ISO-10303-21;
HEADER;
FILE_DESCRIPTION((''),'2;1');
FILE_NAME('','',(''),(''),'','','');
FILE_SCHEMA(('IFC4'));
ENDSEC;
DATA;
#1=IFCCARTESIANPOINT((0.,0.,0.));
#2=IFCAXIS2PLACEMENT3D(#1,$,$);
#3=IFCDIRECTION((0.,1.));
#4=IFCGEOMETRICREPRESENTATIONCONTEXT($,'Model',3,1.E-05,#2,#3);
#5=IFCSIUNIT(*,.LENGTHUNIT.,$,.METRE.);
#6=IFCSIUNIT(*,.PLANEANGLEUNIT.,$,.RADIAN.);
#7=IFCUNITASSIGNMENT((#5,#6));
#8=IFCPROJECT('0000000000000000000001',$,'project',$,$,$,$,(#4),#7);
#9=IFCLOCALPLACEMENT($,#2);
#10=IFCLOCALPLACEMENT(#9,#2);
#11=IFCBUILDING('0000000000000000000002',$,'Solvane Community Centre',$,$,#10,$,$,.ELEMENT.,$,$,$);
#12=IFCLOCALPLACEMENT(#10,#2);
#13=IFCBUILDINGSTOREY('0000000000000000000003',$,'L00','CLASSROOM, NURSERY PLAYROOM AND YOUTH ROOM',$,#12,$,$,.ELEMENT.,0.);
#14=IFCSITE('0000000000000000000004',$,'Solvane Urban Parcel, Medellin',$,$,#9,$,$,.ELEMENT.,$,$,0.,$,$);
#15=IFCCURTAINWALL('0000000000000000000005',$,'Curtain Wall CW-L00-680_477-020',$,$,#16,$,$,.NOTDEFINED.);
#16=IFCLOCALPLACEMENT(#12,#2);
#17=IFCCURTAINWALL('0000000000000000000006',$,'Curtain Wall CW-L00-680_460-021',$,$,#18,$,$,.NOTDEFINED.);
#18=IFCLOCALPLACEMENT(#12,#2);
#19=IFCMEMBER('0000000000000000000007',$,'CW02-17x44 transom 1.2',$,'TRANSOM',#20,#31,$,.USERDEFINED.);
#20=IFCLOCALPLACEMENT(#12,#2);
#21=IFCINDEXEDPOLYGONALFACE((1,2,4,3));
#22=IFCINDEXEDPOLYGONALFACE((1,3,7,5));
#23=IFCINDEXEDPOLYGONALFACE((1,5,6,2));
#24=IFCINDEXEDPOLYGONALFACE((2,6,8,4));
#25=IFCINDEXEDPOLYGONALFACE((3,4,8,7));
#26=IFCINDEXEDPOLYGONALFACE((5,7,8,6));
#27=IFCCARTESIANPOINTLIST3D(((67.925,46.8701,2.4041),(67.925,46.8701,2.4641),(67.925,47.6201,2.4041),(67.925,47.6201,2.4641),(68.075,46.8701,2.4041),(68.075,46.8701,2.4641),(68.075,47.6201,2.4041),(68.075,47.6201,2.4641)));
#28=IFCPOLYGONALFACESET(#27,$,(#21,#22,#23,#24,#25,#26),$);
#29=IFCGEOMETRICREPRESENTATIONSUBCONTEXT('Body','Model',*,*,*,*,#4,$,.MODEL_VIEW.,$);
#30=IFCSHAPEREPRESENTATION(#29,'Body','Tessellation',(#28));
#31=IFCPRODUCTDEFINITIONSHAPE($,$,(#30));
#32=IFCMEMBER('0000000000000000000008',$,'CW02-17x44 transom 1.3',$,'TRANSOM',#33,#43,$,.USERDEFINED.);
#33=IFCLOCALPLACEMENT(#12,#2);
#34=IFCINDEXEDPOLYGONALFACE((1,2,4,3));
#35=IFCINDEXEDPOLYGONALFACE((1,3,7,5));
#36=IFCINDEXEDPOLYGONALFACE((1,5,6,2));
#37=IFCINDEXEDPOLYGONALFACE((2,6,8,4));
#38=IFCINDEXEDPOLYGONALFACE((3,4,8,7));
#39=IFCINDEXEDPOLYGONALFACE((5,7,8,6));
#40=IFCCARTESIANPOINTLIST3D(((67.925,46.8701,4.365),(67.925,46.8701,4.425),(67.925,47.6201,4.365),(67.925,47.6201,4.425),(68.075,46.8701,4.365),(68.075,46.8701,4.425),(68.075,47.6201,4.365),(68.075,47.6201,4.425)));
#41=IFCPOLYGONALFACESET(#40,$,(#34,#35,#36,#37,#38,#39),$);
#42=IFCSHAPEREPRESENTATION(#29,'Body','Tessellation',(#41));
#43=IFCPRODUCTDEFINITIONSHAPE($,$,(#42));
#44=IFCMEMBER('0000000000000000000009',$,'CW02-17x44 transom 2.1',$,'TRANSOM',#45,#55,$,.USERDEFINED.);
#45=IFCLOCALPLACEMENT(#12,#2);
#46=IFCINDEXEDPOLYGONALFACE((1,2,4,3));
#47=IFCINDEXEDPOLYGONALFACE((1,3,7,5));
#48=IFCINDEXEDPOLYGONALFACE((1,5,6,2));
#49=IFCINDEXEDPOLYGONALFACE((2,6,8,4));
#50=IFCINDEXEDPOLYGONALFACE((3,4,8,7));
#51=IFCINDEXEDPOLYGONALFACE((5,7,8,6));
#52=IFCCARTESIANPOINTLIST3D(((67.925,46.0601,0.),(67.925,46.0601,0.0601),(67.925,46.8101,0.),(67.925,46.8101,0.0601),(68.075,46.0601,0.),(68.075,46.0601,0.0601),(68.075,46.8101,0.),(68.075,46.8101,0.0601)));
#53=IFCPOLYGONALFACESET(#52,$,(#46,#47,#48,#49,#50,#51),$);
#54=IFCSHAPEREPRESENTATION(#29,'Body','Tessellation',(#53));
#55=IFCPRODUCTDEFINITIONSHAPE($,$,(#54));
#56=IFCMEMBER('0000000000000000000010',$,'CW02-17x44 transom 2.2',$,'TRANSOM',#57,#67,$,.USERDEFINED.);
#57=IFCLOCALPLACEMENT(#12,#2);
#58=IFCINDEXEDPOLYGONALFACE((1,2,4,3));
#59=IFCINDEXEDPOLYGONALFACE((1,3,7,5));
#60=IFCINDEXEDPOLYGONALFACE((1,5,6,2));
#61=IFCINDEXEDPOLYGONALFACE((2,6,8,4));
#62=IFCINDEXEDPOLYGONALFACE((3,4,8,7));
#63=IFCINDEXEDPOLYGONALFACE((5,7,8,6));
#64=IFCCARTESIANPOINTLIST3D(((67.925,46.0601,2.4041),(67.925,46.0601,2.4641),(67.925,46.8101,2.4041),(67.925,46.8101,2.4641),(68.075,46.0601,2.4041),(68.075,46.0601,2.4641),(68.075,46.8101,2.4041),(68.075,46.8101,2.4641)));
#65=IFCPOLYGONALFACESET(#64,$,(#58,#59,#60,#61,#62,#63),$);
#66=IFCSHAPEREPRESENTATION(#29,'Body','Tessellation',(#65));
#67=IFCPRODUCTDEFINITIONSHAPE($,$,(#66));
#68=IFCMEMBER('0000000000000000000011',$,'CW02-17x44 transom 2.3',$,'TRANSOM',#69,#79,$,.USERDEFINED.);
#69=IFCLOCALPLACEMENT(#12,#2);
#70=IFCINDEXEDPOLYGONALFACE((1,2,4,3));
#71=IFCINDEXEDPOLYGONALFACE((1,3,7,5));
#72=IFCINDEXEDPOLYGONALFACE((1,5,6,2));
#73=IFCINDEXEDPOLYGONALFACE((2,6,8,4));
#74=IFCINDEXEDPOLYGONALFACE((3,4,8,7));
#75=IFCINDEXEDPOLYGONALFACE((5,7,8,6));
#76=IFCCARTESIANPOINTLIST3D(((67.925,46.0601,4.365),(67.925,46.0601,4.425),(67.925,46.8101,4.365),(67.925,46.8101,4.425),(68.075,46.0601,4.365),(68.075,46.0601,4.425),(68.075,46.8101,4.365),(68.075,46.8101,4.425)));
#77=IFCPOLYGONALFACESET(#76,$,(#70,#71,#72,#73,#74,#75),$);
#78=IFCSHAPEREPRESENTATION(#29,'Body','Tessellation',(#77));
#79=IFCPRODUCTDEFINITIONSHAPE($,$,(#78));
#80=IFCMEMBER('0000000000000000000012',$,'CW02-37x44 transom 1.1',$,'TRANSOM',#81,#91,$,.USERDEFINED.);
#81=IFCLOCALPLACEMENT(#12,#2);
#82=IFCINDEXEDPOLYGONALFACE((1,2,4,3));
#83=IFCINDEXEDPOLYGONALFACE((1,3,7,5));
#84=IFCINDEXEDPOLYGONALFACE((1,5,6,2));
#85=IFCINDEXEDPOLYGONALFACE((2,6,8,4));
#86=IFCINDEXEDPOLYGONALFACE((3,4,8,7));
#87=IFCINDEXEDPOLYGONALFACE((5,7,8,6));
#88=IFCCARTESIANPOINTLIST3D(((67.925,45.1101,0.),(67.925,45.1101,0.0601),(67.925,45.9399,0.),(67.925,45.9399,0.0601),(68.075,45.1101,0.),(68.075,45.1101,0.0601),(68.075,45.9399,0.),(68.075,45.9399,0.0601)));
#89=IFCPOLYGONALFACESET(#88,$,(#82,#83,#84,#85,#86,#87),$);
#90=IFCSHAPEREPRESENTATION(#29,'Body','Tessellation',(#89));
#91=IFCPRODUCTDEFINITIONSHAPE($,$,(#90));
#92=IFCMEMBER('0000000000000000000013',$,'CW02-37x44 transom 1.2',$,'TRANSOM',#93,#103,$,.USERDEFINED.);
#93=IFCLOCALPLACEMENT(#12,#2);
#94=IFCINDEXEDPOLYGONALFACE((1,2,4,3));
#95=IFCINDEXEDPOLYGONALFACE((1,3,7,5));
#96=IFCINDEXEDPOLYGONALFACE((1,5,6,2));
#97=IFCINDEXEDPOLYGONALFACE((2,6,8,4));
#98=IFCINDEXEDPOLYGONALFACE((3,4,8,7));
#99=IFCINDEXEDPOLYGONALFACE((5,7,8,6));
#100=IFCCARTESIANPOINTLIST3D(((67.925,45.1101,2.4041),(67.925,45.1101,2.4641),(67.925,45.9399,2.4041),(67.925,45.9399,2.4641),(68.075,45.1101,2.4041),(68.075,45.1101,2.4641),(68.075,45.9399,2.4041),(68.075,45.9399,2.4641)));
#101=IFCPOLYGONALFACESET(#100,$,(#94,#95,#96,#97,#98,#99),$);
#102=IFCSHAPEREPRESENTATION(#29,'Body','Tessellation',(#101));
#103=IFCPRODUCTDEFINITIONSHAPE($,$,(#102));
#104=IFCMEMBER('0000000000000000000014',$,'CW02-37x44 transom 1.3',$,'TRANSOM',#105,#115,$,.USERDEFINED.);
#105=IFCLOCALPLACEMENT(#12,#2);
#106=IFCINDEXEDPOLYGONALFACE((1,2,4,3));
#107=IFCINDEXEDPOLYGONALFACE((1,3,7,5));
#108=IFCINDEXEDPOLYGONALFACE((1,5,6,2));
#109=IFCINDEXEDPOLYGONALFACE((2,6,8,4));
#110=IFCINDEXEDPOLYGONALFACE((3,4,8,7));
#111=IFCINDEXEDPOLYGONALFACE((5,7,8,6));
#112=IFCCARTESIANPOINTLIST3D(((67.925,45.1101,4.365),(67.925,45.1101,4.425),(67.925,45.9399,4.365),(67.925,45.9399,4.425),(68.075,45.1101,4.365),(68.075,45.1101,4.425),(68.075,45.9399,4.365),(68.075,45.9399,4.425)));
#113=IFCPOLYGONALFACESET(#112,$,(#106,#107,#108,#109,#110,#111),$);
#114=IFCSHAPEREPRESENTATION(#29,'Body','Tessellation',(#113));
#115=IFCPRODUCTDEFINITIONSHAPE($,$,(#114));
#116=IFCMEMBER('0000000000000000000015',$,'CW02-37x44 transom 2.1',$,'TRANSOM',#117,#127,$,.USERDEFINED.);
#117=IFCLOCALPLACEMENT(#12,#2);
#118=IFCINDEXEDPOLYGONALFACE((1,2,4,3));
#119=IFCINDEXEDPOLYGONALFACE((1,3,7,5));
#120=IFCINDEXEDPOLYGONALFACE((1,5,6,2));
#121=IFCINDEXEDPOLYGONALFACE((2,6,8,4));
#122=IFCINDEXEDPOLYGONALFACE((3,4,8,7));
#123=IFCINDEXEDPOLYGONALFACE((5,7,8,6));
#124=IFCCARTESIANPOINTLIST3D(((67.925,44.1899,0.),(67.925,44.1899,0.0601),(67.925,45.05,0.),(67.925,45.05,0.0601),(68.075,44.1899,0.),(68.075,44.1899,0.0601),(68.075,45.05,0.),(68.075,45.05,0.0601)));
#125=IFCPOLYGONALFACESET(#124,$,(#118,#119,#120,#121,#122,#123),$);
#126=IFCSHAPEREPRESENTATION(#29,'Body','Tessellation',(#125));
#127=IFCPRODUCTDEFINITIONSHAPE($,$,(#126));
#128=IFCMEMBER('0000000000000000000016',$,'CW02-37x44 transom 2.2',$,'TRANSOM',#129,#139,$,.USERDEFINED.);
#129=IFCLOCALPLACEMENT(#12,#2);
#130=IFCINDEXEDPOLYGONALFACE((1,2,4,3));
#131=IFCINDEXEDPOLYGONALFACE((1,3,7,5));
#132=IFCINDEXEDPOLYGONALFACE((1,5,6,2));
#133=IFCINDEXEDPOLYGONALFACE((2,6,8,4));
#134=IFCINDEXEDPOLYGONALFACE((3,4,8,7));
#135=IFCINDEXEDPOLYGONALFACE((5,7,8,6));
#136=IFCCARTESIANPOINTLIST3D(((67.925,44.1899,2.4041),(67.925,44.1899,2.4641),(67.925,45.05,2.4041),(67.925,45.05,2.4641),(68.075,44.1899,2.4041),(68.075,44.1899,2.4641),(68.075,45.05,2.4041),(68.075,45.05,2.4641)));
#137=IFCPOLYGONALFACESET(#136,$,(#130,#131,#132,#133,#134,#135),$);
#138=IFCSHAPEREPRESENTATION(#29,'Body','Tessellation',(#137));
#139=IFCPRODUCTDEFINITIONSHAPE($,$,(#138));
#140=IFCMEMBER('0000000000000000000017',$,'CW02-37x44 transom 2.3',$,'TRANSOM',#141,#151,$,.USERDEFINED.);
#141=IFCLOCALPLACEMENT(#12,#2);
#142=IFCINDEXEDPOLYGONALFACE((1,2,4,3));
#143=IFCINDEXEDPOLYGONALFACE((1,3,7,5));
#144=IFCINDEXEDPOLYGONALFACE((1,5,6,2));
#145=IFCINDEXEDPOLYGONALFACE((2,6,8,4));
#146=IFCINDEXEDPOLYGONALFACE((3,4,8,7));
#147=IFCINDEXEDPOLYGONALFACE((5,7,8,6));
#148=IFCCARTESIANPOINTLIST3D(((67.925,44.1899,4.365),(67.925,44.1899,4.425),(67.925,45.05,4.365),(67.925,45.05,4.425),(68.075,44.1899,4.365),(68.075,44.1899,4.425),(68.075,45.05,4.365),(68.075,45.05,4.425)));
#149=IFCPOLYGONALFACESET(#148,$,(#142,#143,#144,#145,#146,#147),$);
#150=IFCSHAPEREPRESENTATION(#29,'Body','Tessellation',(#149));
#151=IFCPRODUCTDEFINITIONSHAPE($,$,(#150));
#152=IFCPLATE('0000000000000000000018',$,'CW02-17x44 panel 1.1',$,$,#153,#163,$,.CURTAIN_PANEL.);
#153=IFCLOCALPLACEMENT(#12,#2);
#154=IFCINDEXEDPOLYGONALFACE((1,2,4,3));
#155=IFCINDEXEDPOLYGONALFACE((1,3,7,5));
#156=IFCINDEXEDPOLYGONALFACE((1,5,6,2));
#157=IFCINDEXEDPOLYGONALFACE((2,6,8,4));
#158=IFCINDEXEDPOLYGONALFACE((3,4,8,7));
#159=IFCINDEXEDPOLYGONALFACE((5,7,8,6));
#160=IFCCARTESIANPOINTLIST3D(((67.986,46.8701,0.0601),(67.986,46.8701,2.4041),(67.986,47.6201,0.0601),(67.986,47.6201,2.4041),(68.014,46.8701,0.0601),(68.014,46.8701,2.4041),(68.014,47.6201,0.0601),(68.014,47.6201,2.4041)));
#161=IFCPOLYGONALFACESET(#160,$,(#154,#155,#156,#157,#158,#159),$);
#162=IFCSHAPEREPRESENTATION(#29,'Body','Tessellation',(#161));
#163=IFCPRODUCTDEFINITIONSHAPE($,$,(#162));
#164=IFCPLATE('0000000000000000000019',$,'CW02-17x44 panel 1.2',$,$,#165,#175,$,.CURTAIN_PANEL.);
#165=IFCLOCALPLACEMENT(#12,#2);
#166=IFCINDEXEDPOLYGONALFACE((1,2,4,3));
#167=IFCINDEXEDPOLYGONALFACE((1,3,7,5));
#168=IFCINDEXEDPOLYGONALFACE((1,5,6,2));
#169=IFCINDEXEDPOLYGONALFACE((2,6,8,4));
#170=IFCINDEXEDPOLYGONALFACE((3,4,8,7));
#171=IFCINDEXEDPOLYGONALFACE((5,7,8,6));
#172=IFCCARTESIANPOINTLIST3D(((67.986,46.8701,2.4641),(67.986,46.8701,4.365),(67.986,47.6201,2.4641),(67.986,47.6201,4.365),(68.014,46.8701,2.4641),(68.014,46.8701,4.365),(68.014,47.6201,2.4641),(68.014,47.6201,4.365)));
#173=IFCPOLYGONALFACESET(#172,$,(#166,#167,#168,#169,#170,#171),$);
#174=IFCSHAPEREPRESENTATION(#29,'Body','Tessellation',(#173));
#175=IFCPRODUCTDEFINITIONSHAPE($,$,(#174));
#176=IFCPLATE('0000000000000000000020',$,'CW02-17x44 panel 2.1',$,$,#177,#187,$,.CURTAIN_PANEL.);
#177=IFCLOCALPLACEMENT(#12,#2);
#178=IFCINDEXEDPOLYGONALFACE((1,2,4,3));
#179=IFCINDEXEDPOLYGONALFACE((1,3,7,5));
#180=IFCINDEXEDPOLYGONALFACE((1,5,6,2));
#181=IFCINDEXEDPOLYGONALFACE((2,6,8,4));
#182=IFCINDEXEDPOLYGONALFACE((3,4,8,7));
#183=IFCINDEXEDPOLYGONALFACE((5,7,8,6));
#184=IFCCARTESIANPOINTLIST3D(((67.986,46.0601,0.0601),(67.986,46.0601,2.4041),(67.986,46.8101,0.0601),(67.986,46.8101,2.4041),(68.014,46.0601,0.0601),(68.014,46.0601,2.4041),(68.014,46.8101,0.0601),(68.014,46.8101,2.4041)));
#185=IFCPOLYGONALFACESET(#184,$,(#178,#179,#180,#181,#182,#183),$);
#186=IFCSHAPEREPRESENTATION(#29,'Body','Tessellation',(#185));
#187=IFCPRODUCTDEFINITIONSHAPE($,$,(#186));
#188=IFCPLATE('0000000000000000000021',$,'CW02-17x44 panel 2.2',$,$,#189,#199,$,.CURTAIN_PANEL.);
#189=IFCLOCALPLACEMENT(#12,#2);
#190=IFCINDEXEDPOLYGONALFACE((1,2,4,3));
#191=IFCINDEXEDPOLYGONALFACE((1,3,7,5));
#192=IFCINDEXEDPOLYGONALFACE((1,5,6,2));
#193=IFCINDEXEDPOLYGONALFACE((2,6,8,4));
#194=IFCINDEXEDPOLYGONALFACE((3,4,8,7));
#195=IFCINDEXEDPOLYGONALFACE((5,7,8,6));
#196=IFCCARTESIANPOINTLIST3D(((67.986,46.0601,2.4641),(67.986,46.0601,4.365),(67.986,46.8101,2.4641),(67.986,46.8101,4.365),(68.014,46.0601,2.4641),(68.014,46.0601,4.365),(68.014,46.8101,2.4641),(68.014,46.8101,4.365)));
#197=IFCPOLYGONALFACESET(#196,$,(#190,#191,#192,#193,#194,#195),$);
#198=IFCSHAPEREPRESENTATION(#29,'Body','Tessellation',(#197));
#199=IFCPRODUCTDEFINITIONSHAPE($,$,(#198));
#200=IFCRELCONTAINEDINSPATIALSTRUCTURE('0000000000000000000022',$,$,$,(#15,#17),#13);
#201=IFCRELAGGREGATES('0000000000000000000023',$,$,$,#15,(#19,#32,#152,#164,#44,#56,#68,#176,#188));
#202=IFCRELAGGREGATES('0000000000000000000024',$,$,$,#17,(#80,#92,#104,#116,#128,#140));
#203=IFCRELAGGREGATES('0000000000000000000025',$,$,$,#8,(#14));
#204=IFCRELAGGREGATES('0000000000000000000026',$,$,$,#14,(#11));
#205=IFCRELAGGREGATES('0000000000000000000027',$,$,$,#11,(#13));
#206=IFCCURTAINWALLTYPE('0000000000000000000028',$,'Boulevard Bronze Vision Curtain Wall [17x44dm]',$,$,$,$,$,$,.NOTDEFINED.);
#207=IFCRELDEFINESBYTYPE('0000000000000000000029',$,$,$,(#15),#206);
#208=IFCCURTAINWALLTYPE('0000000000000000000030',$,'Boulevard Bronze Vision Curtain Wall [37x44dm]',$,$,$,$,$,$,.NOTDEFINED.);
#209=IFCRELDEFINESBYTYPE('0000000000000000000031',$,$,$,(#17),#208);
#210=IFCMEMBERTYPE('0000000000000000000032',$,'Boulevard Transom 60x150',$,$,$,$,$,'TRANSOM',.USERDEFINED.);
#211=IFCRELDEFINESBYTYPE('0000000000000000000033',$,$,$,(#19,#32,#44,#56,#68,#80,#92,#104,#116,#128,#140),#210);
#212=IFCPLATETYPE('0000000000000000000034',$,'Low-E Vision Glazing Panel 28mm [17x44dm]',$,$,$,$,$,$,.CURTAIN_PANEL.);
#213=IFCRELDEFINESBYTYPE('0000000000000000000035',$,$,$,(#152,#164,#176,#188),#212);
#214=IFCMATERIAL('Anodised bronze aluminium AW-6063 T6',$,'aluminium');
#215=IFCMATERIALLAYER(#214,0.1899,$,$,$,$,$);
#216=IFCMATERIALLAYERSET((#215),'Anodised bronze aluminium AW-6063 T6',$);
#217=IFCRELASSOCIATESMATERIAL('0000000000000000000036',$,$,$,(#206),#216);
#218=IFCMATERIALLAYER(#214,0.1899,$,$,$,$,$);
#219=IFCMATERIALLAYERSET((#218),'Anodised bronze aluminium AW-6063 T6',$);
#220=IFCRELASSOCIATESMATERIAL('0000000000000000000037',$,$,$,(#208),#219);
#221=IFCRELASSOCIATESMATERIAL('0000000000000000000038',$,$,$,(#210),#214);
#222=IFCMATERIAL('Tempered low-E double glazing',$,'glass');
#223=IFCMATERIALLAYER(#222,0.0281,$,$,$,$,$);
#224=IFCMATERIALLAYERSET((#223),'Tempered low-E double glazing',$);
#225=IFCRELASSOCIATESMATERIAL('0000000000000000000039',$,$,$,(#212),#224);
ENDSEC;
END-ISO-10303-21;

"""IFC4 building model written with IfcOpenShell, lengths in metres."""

from ifc_helpers import new_model, si_unit, direction, frame, origin, origin_2d, place, context, subcontext, project, spatial, rectangle, extrude, material, layer, layer_set, material_profile, profile_set, type_object, element, aggregate, save


model = new_model("IFC4")

# Units and contexts
model_context = context("Model", 3, precision=1e-05, world=origin(), true_north=direction((0.0, 1.0)))
body_context = subcontext(model_context, "Body", "Model", "MODEL_VIEW")
ifc_project = project(units=[si_unit("LENGTHUNIT", "METRE"), si_unit("PLANEANGLEUNIT", "RADIAN")], contexts=[model_context])

# Site, building, storey
site_placement = place(None, origin())
site = spatial("IfcSite", under=ifc_project, at=site_placement, Name="Solvane Urban Parcel, Medellin", CompositionType="ELEMENT", RefElevation=0.0)
building_placement = place(site_placement, origin())
building = spatial("IfcBuilding", under=site, at=building_placement, Name="Solvane Community Centre", CompositionType="ELEMENT")
storey_placement = place(building_placement, origin())
storey = spatial("IfcBuildingStorey", under=building, at=storey_placement, Name="L00", Description="CLASSROOM, NURSERY PLAYROOM AND YOUTH ROOM", CompositionType="ELEMENT", Elevation=0.0)

# Curtain walls
ifc_material_1 = material(Name="Anodised bronze aluminium AW-6063 T6", Category="aluminium")
ifc_layer_1 = layer(ifc_material_1, 0.1899)
ifc_layer_set_1 = layer_set([ifc_layer_1], Name="Anodised bronze aluminium AW-6063 T6")
curtain_wall_type_1 = type_object("IfcCurtainWallType", Name="Boulevard Bronze Vision Curtain Wall [17x44dm]", PredefinedType="NOTDEFINED", material=ifc_layer_set_1)
curtain_wall_1_placement = place(storey_placement, origin())
curtain_wall_1 = element("IfcCurtainWall", 1, at=curtain_wall_1_placement, inside=storey, type_object=curtain_wall_type_1, Name="Curtain Wall CW-L00-680_477-020", PredefinedType="NOTDEFINED")
ifc_layer_2 = layer(ifc_material_1, 0.1899)
ifc_layer_set_2 = layer_set([ifc_layer_2], Name="Anodised bronze aluminium AW-6063 T6")
curtain_wall_type_2 = type_object("IfcCurtainWallType", Name="Boulevard Bronze Vision Curtain Wall [37x44dm]", PredefinedType="NOTDEFINED", material=ifc_layer_set_2)
curtain_wall_2_placement = place(storey_placement, origin())
curtain_wall_2 = element("IfcCurtainWall", 2, at=curtain_wall_2_placement, inside=storey, type_object=curtain_wall_type_2, Name="Curtain Wall CW-L00-680_460-021", PredefinedType="NOTDEFINED")

# Members
ifc_material_profile_1 = material_profile(ifc_material_1, rectangle(XDim=0.1499, YDim=0.0601, at=origin_2d()), Name="CW-T 60x150")
ifc_profile_set_1 = profile_set([ifc_material_profile_1], Name="Anodised bronze aluminium AW-6063 T6")
member_type_1 = type_object("IfcMemberType", Name="Boulevard Transom 60x150", ElementType="TRANSOM", PredefinedType="USERDEFINED", material=ifc_profile_set_1)
member_1_placement = place(storey_placement, frame((68.0, 47.6201, 2.4341), z_axis=(0.0, -1.0, 0.0), x_axis=(1.0, 0.0, 0.0)))
member_1 = element("IfcMember", 3, at=member_1_placement, type_object=member_type_1, Name="CW02-17x44 transom 1.2", ObjectType="TRANSOM", PredefinedType="USERDEFINED", context=body_context, shape_type="SweptSolid", body=[
    extrude(rectangle(XDim=0.1499, YDim=0.0601, at=origin_2d()), origin(), (0.0, 0.0, 1.0), 0.75),
])
member_2_placement = place(storey_placement, frame((68.0, 47.6201, 4.395), z_axis=(0.0, -1.0, 0.0), x_axis=(1.0, 0.0, 0.0)))
member_2 = element("IfcMember", 4, at=member_2_placement, type_object=member_type_1, Name="CW02-17x44 transom 1.3", ObjectType="TRANSOM", PredefinedType="USERDEFINED", context=body_context, shape_type="SweptSolid", body=[
    extrude(rectangle(XDim=0.1499, YDim=0.0601, at=origin_2d()), origin(), (0.0, 0.0, 1.0), 0.75),
])
member_3_placement = place(storey_placement, frame((68.0, 46.8101, 0.03), z_axis=(0.0, -1.0, 0.0), x_axis=(1.0, 0.0, 0.0)))
member_3 = element("IfcMember", 5, at=member_3_placement, type_object=member_type_1, Name="CW02-17x44 transom 2.1", ObjectType="TRANSOM", PredefinedType="USERDEFINED", context=body_context, shape_type="SweptSolid", body=[
    extrude(rectangle(XDim=0.1499, YDim=0.0601, at=origin_2d()), origin(), (0.0, 0.0, 1.0), 0.75),
])
member_4_placement = place(storey_placement, frame((68.0, 46.8101, 2.4341), z_axis=(0.0, -1.0, 0.0), x_axis=(1.0, 0.0, 0.0)))
member_4 = element("IfcMember", 6, at=member_4_placement, type_object=member_type_1, Name="CW02-17x44 transom 2.2", ObjectType="TRANSOM", PredefinedType="USERDEFINED", context=body_context, shape_type="SweptSolid", body=[
    extrude(rectangle(XDim=0.1499, YDim=0.0601, at=origin_2d()), origin(), (0.0, 0.0, 1.0), 0.75),
])
member_5_placement = place(storey_placement, frame((68.0, 46.8101, 4.395), z_axis=(0.0, -1.0, 0.0), x_axis=(1.0, 0.0, 0.0)))
member_5 = element("IfcMember", 7, at=member_5_placement, type_object=member_type_1, Name="CW02-17x44 transom 2.3", ObjectType="TRANSOM", PredefinedType="USERDEFINED", context=body_context, shape_type="SweptSolid", body=[
    extrude(rectangle(XDim=0.1499, YDim=0.0601, at=origin_2d()), origin(), (0.0, 0.0, 1.0), 0.75),
])
member_6_placement = place(storey_placement, frame((68.0, 45.9399, 0.03), z_axis=(0.0, -1.0, 0.0), x_axis=(1.0, 0.0, 0.0)))
member_6 = element("IfcMember", 8, at=member_6_placement, type_object=member_type_1, Name="CW02-37x44 transom 1.1", ObjectType="TRANSOM", PredefinedType="USERDEFINED", context=body_context, shape_type="SweptSolid", body=[
    extrude(rectangle(XDim=0.1499, YDim=0.0601, at=origin_2d()), origin(), (0.0, 0.0, 1.0), 0.8298),
])
member_7_placement = place(storey_placement, frame((68.0, 45.9399, 2.4341), z_axis=(0.0, -1.0, 0.0), x_axis=(1.0, 0.0, 0.0)))
member_7 = element("IfcMember", 9, at=member_7_placement, type_object=member_type_1, Name="CW02-37x44 transom 1.2", ObjectType="TRANSOM", PredefinedType="USERDEFINED", context=body_context, shape_type="SweptSolid", body=[
    extrude(rectangle(XDim=0.1499, YDim=0.0601, at=origin_2d()), origin(), (0.0, 0.0, 1.0), 0.8298),
])
member_8_placement = place(storey_placement, frame((68.0, 45.9399, 4.395), z_axis=(0.0, -1.0, 0.0), x_axis=(1.0, 0.0, 0.0)))
member_8 = element("IfcMember", 10, at=member_8_placement, type_object=member_type_1, Name="CW02-37x44 transom 1.3", ObjectType="TRANSOM", PredefinedType="USERDEFINED", context=body_context, shape_type="SweptSolid", body=[
    extrude(rectangle(XDim=0.1499, YDim=0.0601, at=origin_2d()), origin(), (0.0, 0.0, 1.0), 0.8298),
])
member_9_placement = place(storey_placement, frame((68.0, 45.05, 0.03), z_axis=(0.0, -1.0, 0.0), x_axis=(1.0, 0.0, 0.0)))
member_9 = element("IfcMember", 11, at=member_9_placement, type_object=member_type_1, Name="CW02-37x44 transom 2.1", ObjectType="TRANSOM", PredefinedType="USERDEFINED", context=body_context, shape_type="SweptSolid", body=[
    extrude(rectangle(XDim=0.1499, YDim=0.0601, at=origin_2d()), origin(), (0.0, 0.0, 1.0), 0.8601),
])
member_10_placement = place(storey_placement, frame((68.0, 45.05, 2.4341), z_axis=(0.0, -1.0, 0.0), x_axis=(1.0, 0.0, 0.0)))
member_10 = element("IfcMember", 12, at=member_10_placement, type_object=member_type_1, Name="CW02-37x44 transom 2.2", ObjectType="TRANSOM", PredefinedType="USERDEFINED", context=body_context, shape_type="SweptSolid", body=[
    extrude(rectangle(XDim=0.1499, YDim=0.0601, at=origin_2d()), origin(), (0.0, 0.0, 1.0), 0.8601),
])
member_11_placement = place(storey_placement, frame((68.0, 45.05, 4.395), z_axis=(0.0, -1.0, 0.0), x_axis=(1.0, 0.0, 0.0)))
member_11 = element("IfcMember", 13, at=member_11_placement, type_object=member_type_1, Name="CW02-37x44 transom 2.3", ObjectType="TRANSOM", PredefinedType="USERDEFINED", context=body_context, shape_type="SweptSolid", body=[
    extrude(rectangle(XDim=0.1499, YDim=0.0601, at=origin_2d()), origin(), (0.0, 0.0, 1.0), 0.8601),
])

# Plates
ifc_material_2 = material(Name="Tempered low-E double glazing", Category="glass")
ifc_layer_3 = layer(ifc_material_2, 0.0281)
ifc_layer_set_3 = layer_set([ifc_layer_3], Name="Tempered low-E double glazing")
plate_type_1 = type_object("IfcPlateType", Name="Low-E Vision Glazing Panel 28mm [17x44dm]", PredefinedType="CURTAIN_PANEL", material=ifc_layer_set_3)
plate_1_placement = place(storey_placement, frame((68.0, 47.2451, 0.0601), z_axis=(0.0, 0.0, 1.0), x_axis=(0.0, -1.0, 0.0)))
plate_1 = element("IfcPlate", 14, at=plate_1_placement, type_object=plate_type_1, Name="CW02-17x44 panel 1.1", PredefinedType="CURTAIN_PANEL", context=body_context, shape_type="SweptSolid", body=[
    extrude(rectangle(XDim=0.75, YDim=0.0281, at=origin_2d()), origin(), (0.0, 0.0, 1.0), 2.344),
])
plate_2_placement = place(storey_placement, frame((68.0, 47.2451, 2.4641), z_axis=(0.0, 0.0, 1.0), x_axis=(0.0, -1.0, 0.0)))
plate_2 = element("IfcPlate", 15, at=plate_2_placement, type_object=plate_type_1, Name="CW02-17x44 panel 1.2", PredefinedType="CURTAIN_PANEL", context=body_context, shape_type="SweptSolid", body=[
    extrude(rectangle(XDim=0.75, YDim=0.0281, at=origin_2d()), origin(), (0.0, 0.0, 1.0), 1.9009),
])
plate_3_placement = place(storey_placement, frame((68.0, 46.4351, 0.0601), z_axis=(0.0, 0.0, 1.0), x_axis=(0.0, -1.0, 0.0)))
plate_3 = element("IfcPlate", 16, at=plate_3_placement, type_object=plate_type_1, Name="CW02-17x44 panel 2.1", PredefinedType="CURTAIN_PANEL", context=body_context, shape_type="SweptSolid", body=[
    extrude(rectangle(XDim=0.75, YDim=0.0281, at=origin_2d()), origin(), (0.0, 0.0, 1.0), 2.344),
])
plate_4_placement = place(storey_placement, frame((68.0, 46.4351, 2.4641), z_axis=(0.0, 0.0, 1.0), x_axis=(0.0, -1.0, 0.0)))
plate_4 = element("IfcPlate", 17, at=plate_4_placement, type_object=plate_type_1, Name="CW02-17x44 panel 2.2", PredefinedType="CURTAIN_PANEL", context=body_context, shape_type="SweptSolid", body=[
    extrude(rectangle(XDim=0.75, YDim=0.0281, at=origin_2d()), origin(), (0.0, 0.0, 1.0), 1.9009),
])
aggregate(curtain_wall_1, [member_1, member_2, plate_1, plate_2, member_3, member_4, member_5, plate_3, plate_4])
aggregate(curtain_wall_2, [member_6, member_7, member_8, member_9, member_10, member_11])

save(model, "model.ifc")
